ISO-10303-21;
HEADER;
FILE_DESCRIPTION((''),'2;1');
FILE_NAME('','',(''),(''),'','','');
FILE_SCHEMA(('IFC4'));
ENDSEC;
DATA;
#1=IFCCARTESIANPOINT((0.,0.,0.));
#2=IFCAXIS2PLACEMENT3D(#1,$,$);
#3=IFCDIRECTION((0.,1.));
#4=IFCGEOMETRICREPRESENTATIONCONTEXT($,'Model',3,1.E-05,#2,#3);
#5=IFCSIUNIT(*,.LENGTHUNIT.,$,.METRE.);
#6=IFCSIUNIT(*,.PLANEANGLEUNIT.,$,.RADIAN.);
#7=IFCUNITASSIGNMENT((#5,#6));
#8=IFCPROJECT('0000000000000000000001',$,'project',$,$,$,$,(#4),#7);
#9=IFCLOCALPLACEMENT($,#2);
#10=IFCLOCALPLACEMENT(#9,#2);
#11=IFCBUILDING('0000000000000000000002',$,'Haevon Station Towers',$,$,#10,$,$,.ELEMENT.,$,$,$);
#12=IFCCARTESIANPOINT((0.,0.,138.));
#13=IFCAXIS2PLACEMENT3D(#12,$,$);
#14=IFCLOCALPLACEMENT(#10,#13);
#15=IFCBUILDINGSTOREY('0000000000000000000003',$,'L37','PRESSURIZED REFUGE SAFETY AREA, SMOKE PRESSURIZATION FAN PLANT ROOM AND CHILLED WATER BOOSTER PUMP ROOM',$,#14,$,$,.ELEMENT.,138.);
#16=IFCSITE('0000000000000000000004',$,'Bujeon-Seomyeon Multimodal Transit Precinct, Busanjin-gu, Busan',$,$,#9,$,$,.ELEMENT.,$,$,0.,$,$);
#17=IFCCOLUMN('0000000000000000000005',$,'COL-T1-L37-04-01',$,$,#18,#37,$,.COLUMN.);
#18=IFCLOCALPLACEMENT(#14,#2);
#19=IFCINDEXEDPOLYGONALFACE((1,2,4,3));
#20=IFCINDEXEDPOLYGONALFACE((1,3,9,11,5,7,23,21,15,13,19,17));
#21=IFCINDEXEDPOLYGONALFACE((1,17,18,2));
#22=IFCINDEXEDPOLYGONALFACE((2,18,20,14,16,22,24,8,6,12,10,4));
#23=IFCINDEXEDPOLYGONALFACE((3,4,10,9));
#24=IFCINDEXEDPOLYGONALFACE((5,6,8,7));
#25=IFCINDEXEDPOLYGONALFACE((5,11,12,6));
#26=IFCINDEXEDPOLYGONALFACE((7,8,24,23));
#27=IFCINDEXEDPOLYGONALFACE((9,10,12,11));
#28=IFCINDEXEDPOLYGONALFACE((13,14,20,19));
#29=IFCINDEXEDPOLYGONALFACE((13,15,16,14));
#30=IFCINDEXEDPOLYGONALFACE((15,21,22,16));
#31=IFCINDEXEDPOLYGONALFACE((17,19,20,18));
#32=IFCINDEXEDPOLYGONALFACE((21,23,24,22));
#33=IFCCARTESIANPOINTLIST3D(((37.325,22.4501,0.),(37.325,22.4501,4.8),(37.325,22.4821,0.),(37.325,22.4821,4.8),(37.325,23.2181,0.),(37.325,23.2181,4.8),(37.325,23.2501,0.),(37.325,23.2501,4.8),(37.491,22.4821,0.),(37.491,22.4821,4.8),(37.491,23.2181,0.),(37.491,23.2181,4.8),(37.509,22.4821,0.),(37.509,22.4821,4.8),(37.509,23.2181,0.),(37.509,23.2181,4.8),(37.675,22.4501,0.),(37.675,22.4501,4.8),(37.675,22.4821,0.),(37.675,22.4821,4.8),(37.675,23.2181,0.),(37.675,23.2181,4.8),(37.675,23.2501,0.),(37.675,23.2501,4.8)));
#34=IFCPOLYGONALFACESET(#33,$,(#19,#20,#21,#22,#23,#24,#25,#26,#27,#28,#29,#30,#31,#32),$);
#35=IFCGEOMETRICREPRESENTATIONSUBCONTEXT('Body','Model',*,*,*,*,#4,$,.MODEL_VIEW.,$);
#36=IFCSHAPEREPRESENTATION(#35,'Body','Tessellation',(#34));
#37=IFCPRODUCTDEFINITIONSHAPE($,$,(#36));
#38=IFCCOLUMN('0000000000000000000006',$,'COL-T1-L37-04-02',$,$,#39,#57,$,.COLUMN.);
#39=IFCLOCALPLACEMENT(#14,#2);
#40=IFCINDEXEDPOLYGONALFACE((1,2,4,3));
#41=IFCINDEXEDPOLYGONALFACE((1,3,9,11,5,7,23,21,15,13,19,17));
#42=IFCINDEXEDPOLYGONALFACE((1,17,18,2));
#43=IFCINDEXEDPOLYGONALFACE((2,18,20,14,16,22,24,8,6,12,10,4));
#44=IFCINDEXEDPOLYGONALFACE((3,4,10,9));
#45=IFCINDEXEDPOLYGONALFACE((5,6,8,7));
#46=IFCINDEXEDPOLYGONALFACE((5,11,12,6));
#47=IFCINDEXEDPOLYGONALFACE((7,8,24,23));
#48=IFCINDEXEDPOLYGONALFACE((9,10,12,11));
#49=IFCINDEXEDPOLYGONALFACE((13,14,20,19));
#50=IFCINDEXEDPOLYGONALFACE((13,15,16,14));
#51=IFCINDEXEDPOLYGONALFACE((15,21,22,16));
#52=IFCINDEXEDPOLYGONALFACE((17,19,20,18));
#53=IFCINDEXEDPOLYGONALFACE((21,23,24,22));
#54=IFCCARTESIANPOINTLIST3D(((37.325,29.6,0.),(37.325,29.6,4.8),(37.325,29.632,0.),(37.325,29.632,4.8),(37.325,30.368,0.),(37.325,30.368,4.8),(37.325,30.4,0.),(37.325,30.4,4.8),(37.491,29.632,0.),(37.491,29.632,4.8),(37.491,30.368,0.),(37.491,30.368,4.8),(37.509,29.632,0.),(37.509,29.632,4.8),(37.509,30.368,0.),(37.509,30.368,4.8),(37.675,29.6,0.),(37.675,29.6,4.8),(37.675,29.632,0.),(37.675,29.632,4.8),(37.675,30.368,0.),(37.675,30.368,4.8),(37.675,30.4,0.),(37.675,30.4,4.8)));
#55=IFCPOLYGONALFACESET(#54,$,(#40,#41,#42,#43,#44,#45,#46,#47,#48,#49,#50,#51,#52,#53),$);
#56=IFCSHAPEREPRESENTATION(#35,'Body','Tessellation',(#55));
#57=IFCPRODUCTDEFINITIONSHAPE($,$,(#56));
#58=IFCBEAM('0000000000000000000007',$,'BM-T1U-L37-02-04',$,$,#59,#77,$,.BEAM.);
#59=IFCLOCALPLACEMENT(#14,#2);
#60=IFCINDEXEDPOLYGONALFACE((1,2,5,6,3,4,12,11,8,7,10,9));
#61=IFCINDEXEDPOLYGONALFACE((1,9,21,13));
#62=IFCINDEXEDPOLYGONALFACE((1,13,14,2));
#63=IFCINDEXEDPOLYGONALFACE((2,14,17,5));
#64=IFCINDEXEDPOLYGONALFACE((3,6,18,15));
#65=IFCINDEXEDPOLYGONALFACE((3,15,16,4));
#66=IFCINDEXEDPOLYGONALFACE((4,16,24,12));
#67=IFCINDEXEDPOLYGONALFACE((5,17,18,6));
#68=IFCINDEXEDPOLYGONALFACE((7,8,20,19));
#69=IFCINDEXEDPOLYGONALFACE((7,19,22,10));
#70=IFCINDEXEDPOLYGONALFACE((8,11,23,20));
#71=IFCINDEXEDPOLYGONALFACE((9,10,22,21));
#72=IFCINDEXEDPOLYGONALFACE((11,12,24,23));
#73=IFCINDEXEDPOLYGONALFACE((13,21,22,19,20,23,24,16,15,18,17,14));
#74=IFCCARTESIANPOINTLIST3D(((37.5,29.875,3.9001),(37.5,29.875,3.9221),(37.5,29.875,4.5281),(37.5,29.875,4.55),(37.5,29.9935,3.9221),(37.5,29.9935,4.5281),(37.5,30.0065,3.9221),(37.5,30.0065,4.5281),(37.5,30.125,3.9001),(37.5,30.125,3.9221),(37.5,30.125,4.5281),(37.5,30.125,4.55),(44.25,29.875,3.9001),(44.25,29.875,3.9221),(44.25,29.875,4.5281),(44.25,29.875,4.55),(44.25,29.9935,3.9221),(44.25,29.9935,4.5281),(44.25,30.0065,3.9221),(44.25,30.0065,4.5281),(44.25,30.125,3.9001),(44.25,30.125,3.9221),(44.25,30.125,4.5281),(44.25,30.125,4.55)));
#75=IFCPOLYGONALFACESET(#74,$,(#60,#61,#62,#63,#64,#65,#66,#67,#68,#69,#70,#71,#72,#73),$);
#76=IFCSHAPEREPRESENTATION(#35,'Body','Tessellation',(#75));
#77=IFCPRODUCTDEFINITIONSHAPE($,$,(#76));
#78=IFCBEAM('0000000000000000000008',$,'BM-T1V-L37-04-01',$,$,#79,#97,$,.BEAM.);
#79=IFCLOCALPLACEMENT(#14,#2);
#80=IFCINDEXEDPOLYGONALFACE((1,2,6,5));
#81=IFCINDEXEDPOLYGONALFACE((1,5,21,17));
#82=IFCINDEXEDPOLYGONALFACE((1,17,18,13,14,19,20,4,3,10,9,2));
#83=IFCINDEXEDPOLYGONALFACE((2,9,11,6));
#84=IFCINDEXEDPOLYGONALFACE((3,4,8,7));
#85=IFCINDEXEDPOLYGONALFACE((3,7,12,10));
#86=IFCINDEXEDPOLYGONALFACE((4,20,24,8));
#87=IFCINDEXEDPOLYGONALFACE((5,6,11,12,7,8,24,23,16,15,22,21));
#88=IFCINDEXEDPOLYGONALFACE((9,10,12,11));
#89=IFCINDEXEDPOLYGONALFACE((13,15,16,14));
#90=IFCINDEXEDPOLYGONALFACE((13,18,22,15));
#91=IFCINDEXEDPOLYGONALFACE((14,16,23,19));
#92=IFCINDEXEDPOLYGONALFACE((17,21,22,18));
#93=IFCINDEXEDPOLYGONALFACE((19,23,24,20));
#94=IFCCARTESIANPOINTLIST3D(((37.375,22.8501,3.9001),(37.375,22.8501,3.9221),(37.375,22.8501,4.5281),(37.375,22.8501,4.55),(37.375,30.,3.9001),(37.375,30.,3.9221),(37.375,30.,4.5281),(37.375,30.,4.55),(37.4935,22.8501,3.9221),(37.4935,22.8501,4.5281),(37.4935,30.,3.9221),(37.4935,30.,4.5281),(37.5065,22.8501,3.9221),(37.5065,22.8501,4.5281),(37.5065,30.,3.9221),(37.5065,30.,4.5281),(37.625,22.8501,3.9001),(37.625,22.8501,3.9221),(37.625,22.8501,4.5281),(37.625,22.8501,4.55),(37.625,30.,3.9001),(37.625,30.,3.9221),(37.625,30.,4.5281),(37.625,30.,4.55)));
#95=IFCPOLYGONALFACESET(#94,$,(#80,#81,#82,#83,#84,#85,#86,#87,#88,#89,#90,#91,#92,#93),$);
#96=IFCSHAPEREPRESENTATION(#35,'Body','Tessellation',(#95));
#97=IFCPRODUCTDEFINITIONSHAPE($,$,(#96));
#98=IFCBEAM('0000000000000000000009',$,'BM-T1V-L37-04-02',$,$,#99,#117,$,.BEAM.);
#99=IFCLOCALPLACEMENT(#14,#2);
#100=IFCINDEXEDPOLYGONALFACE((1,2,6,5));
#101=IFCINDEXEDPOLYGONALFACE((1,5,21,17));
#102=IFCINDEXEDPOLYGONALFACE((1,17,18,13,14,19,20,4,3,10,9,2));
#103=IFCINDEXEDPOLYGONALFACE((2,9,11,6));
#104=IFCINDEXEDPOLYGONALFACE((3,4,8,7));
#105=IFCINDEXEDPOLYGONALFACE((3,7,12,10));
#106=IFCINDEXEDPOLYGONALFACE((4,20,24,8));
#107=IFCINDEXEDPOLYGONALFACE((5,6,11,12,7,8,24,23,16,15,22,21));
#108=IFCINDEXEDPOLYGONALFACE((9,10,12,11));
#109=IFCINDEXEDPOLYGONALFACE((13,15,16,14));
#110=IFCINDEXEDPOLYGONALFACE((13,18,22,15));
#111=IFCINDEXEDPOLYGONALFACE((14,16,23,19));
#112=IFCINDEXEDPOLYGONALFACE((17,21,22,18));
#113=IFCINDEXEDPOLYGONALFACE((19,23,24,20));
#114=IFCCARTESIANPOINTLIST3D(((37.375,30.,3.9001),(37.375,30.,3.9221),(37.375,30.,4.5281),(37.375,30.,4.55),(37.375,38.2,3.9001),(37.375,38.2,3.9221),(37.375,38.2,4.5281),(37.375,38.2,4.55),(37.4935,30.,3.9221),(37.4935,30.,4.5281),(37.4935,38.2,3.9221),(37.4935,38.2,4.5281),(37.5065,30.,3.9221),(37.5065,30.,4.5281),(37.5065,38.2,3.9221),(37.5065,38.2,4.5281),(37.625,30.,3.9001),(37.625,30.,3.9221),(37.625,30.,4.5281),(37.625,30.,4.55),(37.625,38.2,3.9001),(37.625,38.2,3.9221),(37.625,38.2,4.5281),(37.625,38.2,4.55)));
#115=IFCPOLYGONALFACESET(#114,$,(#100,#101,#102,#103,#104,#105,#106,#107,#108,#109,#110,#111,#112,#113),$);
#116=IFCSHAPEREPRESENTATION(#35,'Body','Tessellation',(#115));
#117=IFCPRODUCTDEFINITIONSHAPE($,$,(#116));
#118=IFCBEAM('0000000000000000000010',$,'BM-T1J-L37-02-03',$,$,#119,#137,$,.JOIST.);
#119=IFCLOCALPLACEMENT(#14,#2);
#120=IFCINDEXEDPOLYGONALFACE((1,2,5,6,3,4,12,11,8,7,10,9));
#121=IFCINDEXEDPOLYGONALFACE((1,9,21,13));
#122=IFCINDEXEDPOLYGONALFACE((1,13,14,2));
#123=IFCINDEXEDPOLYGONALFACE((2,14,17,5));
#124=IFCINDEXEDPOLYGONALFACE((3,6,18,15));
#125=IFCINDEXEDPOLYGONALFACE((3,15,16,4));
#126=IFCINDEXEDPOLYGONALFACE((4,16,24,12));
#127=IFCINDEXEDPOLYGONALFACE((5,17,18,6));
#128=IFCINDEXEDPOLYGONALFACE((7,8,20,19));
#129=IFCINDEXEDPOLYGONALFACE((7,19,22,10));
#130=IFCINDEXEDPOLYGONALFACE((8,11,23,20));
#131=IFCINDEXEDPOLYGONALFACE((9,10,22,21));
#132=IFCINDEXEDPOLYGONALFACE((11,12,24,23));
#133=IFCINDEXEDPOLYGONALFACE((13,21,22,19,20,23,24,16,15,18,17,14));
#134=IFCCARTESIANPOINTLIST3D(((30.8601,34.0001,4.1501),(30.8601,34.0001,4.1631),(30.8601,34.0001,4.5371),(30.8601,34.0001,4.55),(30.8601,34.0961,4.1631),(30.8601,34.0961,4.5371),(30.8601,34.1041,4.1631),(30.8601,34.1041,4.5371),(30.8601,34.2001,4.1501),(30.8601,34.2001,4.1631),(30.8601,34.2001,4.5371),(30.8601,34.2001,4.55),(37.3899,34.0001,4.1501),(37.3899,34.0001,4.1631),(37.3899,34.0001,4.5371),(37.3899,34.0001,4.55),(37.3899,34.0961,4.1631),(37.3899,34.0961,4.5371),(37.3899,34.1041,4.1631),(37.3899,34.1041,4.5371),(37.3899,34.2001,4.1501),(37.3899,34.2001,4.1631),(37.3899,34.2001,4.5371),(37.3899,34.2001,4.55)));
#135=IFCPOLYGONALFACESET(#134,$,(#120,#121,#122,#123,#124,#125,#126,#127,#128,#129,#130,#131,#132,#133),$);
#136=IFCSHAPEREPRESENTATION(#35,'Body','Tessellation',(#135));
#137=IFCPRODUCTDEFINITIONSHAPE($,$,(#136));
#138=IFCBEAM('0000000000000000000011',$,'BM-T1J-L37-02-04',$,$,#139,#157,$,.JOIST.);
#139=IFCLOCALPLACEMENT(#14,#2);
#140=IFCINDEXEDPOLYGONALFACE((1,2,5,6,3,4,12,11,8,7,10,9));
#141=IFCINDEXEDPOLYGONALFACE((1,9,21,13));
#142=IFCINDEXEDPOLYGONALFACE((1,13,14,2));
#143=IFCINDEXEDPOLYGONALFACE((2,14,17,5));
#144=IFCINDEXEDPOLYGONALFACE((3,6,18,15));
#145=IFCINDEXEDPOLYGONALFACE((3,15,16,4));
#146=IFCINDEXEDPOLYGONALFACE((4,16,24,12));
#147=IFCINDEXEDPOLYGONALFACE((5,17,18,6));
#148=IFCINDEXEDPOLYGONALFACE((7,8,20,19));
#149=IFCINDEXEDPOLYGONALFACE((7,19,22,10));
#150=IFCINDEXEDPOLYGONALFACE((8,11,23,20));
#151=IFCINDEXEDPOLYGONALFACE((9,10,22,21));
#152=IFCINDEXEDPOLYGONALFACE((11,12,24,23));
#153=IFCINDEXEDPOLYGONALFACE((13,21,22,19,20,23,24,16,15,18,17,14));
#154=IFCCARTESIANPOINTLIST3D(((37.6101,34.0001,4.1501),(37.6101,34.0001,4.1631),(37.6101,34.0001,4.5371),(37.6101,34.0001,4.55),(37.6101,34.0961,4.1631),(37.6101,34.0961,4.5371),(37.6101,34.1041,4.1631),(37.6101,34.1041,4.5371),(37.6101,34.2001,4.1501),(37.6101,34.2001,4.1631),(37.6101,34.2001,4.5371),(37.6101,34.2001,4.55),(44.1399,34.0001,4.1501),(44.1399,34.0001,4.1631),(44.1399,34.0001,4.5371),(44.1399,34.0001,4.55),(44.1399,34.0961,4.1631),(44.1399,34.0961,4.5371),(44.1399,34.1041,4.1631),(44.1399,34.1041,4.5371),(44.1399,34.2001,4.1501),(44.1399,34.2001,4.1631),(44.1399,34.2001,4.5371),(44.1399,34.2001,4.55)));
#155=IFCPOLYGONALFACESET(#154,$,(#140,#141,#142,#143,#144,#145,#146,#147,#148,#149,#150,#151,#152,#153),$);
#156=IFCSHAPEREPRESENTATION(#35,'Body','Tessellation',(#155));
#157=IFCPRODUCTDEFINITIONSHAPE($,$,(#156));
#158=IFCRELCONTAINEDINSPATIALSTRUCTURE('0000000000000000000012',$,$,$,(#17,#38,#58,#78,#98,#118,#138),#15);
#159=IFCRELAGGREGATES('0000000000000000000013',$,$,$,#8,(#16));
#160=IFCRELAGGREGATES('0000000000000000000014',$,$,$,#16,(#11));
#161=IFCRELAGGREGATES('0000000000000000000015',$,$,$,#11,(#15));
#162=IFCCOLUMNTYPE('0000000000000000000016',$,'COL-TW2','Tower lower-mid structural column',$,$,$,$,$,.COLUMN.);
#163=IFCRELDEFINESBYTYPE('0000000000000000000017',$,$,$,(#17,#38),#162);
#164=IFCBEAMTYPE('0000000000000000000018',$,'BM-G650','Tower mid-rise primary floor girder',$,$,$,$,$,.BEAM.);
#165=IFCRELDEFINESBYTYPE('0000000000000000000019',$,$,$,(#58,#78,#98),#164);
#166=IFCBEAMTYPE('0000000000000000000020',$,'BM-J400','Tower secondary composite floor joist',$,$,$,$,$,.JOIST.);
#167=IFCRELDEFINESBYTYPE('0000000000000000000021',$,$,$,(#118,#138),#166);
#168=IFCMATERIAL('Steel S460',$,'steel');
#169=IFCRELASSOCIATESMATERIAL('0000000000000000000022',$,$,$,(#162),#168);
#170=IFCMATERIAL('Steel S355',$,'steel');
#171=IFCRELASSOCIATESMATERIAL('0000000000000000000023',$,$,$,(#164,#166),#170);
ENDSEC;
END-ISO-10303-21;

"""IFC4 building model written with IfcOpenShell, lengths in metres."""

from ifc_helpers import new_model, si_unit, direction, frame, origin, origin_2d, place, context, subcontext, project, spatial, i_section, extrude, material, material_profile, profile_set, type_object, element, save


model = new_model("IFC4")

# Units and contexts
model_context = context("Model", 3, precision=1e-05, world=origin(), true_north=direction((0.0, 1.0)))
body_context = subcontext(model_context, "Body", "Model", "MODEL_VIEW")
ifc_project = project(units=[si_unit("LENGTHUNIT", "METRE"), si_unit("PLANEANGLEUNIT", "RADIAN")], contexts=[model_context])

# Site, building, storey
site_placement = place(None, origin())
site = spatial("IfcSite", under=ifc_project, at=site_placement, Name="Bujeon-Seomyeon Multimodal Transit Precinct, Busanjin-gu, Busan", CompositionType="ELEMENT", RefElevation=0.0)
building_placement = place(site_placement, origin())
building = spatial("IfcBuilding", under=site, at=building_placement, Name="Haevon Station Towers", CompositionType="ELEMENT")
storey_placement = place(building_placement, frame((0.0, 0.0, 138.0)))
storey = spatial("IfcBuildingStorey", under=building, at=storey_placement, Name="L37", Description="PRESSURIZED REFUGE SAFETY AREA, SMOKE PRESSURIZATION FAN PLANT ROOM AND CHILLED WATER BOOSTER PUMP ROOM", CompositionType="ELEMENT", Elevation=138.0)

# Columns
ifc_material_1 = material(Name="Steel S460", Category="steel")
ifc_material_profile_1 = material_profile(ifc_material_1, i_section(OverallWidth=0.3501, OverallDepth=0.8, WebThickness=0.0181, FlangeThickness=0.032, at=origin_2d()), Name="H-800x350x18x32")
ifc_profile_set_1 = profile_set([ifc_material_profile_1], Name="Steel S460")
column_type = type_object("IfcColumnType", Name="COL-TW2", Description="Tower lower-mid structural column", PredefinedType="COLUMN", material=ifc_profile_set_1)
for number, where, z_axis, x_axis, name in (
    (1, (37.5, 22.8501, 0.0), (0.0, 0.0, 1.0), (1.0, 0.0, 0.0), "COL-T1-L37-04-01"),
    (2, (37.5, 30.0, 0.0), (0.0, 0.0, 1.0), (1.0, 0.0, 0.0), "COL-T1-L37-04-02"),
):
    element("IfcColumn", number, at=place(storey_placement, frame(where, z_axis=z_axis, x_axis=x_axis)), inside=storey, type_object=column_type, Name=name, PredefinedType="COLUMN", context=body_context, shape_type="SweptSolid", body=[
        extrude(i_section(OverallWidth=0.3501, OverallDepth=0.8, WebThickness=0.0181, FlangeThickness=0.032, at=origin_2d()), origin(), (0.0, 0.0, 1.0), 4.8),
    ])

# Beams
ifc_material_2 = material(Name="Steel S355", Category="steel")
ifc_material_profile_2 = material_profile(ifc_material_2, i_section(OverallWidth=0.25, OverallDepth=0.6499, WebThickness=0.0129, FlangeThickness=0.022, at=origin_2d()), Name="H-650x250x13x22")
ifc_profile_set_2 = profile_set([ifc_material_profile_2], Name="Steel S355")
beam_type_1 = type_object("IfcBeamType", Name="BM-G650", Description="Tower mid-rise primary floor girder", PredefinedType="BEAM", material=ifc_profile_set_2)
beam_1_placement = place(storey_placement, frame((37.5, 30.0, 4.2251), z_axis=(1.0, 0.0, 0.0), x_axis=(0.0, 1.0, 0.0)))
element("IfcBeam", 3, at=beam_1_placement, inside=storey, type_object=beam_type_1, Name="BM-T1U-L37-02-04", PredefinedType="BEAM", context=body_context, shape_type="SweptSolid", body=[
    extrude(i_section(OverallWidth=0.25, OverallDepth=0.6499, WebThickness=0.0129, FlangeThickness=0.022, at=origin_2d()), origin(), (0.0, 0.0, 1.0), 6.75),
])
beam_2_placement = place(storey_placement, frame((37.5, 22.8501, 4.2251), z_axis=(0.0, 1.0, 0.0), x_axis=(-1.0, 0.0, 0.0)))
element("IfcBeam", 4, at=beam_2_placement, inside=storey, type_object=beam_type_1, Name="BM-T1V-L37-04-01", PredefinedType="BEAM", context=body_context, shape_type="SweptSolid", body=[
    extrude(i_section(OverallWidth=0.25, OverallDepth=0.6499, WebThickness=0.0129, FlangeThickness=0.022, at=origin_2d()), origin(), (0.0, 0.0, 1.0), 7.1499),
])
beam_3_placement = place(storey_placement, frame((37.5, 30.0, 4.2251), z_axis=(0.0, 1.0, 0.0), x_axis=(-1.0, 0.0, 0.0)))
element("IfcBeam", 5, at=beam_3_placement, inside=storey, type_object=beam_type_1, Name="BM-T1V-L37-04-02", PredefinedType="BEAM", context=body_context, shape_type="SweptSolid", body=[
    extrude(i_section(OverallWidth=0.25, OverallDepth=0.6499, WebThickness=0.0129, FlangeThickness=0.022, at=origin_2d()), origin(), (0.0, 0.0, 1.0), 8.2),
])
ifc_material_profile_3 = material_profile(ifc_material_2, i_section(OverallWidth=0.2, OverallDepth=0.3999, WebThickness=0.0081, FlangeThickness=0.0129, at=origin_2d()), Name="H-400x200x8x13")
ifc_profile_set_3 = profile_set([ifc_material_profile_3], Name="Steel S355")
beam_type_2 = type_object("IfcBeamType", Name="BM-J400", Description="Tower secondary composite floor joist", PredefinedType="JOIST", material=ifc_profile_set_3)
for number, where, z_axis, x_axis, name in (
    (6, (30.8601, 34.1001, 4.3501), (1.0, 0.0, 0.0), (0.0, 1.0, 0.0), "BM-T1J-L37-02-03"),
    (7, (37.6101, 34.1001, 4.3501), (1.0, 0.0, 0.0), (0.0, 1.0, 0.0), "BM-T1J-L37-02-04"),
):
    element("IfcBeam", number, at=place(storey_placement, frame(where, z_axis=z_axis, x_axis=x_axis)), inside=storey, type_object=beam_type_2, Name=name, PredefinedType="JOIST", context=body_context, shape_type="SweptSolid", body=[
        extrude(i_section(OverallWidth=0.2, OverallDepth=0.3999, WebThickness=0.0081, FlangeThickness=0.0129, at=origin_2d()), origin(), (0.0, 0.0, 1.0), 6.5298),
    ])

save(model, "model.ifc")
